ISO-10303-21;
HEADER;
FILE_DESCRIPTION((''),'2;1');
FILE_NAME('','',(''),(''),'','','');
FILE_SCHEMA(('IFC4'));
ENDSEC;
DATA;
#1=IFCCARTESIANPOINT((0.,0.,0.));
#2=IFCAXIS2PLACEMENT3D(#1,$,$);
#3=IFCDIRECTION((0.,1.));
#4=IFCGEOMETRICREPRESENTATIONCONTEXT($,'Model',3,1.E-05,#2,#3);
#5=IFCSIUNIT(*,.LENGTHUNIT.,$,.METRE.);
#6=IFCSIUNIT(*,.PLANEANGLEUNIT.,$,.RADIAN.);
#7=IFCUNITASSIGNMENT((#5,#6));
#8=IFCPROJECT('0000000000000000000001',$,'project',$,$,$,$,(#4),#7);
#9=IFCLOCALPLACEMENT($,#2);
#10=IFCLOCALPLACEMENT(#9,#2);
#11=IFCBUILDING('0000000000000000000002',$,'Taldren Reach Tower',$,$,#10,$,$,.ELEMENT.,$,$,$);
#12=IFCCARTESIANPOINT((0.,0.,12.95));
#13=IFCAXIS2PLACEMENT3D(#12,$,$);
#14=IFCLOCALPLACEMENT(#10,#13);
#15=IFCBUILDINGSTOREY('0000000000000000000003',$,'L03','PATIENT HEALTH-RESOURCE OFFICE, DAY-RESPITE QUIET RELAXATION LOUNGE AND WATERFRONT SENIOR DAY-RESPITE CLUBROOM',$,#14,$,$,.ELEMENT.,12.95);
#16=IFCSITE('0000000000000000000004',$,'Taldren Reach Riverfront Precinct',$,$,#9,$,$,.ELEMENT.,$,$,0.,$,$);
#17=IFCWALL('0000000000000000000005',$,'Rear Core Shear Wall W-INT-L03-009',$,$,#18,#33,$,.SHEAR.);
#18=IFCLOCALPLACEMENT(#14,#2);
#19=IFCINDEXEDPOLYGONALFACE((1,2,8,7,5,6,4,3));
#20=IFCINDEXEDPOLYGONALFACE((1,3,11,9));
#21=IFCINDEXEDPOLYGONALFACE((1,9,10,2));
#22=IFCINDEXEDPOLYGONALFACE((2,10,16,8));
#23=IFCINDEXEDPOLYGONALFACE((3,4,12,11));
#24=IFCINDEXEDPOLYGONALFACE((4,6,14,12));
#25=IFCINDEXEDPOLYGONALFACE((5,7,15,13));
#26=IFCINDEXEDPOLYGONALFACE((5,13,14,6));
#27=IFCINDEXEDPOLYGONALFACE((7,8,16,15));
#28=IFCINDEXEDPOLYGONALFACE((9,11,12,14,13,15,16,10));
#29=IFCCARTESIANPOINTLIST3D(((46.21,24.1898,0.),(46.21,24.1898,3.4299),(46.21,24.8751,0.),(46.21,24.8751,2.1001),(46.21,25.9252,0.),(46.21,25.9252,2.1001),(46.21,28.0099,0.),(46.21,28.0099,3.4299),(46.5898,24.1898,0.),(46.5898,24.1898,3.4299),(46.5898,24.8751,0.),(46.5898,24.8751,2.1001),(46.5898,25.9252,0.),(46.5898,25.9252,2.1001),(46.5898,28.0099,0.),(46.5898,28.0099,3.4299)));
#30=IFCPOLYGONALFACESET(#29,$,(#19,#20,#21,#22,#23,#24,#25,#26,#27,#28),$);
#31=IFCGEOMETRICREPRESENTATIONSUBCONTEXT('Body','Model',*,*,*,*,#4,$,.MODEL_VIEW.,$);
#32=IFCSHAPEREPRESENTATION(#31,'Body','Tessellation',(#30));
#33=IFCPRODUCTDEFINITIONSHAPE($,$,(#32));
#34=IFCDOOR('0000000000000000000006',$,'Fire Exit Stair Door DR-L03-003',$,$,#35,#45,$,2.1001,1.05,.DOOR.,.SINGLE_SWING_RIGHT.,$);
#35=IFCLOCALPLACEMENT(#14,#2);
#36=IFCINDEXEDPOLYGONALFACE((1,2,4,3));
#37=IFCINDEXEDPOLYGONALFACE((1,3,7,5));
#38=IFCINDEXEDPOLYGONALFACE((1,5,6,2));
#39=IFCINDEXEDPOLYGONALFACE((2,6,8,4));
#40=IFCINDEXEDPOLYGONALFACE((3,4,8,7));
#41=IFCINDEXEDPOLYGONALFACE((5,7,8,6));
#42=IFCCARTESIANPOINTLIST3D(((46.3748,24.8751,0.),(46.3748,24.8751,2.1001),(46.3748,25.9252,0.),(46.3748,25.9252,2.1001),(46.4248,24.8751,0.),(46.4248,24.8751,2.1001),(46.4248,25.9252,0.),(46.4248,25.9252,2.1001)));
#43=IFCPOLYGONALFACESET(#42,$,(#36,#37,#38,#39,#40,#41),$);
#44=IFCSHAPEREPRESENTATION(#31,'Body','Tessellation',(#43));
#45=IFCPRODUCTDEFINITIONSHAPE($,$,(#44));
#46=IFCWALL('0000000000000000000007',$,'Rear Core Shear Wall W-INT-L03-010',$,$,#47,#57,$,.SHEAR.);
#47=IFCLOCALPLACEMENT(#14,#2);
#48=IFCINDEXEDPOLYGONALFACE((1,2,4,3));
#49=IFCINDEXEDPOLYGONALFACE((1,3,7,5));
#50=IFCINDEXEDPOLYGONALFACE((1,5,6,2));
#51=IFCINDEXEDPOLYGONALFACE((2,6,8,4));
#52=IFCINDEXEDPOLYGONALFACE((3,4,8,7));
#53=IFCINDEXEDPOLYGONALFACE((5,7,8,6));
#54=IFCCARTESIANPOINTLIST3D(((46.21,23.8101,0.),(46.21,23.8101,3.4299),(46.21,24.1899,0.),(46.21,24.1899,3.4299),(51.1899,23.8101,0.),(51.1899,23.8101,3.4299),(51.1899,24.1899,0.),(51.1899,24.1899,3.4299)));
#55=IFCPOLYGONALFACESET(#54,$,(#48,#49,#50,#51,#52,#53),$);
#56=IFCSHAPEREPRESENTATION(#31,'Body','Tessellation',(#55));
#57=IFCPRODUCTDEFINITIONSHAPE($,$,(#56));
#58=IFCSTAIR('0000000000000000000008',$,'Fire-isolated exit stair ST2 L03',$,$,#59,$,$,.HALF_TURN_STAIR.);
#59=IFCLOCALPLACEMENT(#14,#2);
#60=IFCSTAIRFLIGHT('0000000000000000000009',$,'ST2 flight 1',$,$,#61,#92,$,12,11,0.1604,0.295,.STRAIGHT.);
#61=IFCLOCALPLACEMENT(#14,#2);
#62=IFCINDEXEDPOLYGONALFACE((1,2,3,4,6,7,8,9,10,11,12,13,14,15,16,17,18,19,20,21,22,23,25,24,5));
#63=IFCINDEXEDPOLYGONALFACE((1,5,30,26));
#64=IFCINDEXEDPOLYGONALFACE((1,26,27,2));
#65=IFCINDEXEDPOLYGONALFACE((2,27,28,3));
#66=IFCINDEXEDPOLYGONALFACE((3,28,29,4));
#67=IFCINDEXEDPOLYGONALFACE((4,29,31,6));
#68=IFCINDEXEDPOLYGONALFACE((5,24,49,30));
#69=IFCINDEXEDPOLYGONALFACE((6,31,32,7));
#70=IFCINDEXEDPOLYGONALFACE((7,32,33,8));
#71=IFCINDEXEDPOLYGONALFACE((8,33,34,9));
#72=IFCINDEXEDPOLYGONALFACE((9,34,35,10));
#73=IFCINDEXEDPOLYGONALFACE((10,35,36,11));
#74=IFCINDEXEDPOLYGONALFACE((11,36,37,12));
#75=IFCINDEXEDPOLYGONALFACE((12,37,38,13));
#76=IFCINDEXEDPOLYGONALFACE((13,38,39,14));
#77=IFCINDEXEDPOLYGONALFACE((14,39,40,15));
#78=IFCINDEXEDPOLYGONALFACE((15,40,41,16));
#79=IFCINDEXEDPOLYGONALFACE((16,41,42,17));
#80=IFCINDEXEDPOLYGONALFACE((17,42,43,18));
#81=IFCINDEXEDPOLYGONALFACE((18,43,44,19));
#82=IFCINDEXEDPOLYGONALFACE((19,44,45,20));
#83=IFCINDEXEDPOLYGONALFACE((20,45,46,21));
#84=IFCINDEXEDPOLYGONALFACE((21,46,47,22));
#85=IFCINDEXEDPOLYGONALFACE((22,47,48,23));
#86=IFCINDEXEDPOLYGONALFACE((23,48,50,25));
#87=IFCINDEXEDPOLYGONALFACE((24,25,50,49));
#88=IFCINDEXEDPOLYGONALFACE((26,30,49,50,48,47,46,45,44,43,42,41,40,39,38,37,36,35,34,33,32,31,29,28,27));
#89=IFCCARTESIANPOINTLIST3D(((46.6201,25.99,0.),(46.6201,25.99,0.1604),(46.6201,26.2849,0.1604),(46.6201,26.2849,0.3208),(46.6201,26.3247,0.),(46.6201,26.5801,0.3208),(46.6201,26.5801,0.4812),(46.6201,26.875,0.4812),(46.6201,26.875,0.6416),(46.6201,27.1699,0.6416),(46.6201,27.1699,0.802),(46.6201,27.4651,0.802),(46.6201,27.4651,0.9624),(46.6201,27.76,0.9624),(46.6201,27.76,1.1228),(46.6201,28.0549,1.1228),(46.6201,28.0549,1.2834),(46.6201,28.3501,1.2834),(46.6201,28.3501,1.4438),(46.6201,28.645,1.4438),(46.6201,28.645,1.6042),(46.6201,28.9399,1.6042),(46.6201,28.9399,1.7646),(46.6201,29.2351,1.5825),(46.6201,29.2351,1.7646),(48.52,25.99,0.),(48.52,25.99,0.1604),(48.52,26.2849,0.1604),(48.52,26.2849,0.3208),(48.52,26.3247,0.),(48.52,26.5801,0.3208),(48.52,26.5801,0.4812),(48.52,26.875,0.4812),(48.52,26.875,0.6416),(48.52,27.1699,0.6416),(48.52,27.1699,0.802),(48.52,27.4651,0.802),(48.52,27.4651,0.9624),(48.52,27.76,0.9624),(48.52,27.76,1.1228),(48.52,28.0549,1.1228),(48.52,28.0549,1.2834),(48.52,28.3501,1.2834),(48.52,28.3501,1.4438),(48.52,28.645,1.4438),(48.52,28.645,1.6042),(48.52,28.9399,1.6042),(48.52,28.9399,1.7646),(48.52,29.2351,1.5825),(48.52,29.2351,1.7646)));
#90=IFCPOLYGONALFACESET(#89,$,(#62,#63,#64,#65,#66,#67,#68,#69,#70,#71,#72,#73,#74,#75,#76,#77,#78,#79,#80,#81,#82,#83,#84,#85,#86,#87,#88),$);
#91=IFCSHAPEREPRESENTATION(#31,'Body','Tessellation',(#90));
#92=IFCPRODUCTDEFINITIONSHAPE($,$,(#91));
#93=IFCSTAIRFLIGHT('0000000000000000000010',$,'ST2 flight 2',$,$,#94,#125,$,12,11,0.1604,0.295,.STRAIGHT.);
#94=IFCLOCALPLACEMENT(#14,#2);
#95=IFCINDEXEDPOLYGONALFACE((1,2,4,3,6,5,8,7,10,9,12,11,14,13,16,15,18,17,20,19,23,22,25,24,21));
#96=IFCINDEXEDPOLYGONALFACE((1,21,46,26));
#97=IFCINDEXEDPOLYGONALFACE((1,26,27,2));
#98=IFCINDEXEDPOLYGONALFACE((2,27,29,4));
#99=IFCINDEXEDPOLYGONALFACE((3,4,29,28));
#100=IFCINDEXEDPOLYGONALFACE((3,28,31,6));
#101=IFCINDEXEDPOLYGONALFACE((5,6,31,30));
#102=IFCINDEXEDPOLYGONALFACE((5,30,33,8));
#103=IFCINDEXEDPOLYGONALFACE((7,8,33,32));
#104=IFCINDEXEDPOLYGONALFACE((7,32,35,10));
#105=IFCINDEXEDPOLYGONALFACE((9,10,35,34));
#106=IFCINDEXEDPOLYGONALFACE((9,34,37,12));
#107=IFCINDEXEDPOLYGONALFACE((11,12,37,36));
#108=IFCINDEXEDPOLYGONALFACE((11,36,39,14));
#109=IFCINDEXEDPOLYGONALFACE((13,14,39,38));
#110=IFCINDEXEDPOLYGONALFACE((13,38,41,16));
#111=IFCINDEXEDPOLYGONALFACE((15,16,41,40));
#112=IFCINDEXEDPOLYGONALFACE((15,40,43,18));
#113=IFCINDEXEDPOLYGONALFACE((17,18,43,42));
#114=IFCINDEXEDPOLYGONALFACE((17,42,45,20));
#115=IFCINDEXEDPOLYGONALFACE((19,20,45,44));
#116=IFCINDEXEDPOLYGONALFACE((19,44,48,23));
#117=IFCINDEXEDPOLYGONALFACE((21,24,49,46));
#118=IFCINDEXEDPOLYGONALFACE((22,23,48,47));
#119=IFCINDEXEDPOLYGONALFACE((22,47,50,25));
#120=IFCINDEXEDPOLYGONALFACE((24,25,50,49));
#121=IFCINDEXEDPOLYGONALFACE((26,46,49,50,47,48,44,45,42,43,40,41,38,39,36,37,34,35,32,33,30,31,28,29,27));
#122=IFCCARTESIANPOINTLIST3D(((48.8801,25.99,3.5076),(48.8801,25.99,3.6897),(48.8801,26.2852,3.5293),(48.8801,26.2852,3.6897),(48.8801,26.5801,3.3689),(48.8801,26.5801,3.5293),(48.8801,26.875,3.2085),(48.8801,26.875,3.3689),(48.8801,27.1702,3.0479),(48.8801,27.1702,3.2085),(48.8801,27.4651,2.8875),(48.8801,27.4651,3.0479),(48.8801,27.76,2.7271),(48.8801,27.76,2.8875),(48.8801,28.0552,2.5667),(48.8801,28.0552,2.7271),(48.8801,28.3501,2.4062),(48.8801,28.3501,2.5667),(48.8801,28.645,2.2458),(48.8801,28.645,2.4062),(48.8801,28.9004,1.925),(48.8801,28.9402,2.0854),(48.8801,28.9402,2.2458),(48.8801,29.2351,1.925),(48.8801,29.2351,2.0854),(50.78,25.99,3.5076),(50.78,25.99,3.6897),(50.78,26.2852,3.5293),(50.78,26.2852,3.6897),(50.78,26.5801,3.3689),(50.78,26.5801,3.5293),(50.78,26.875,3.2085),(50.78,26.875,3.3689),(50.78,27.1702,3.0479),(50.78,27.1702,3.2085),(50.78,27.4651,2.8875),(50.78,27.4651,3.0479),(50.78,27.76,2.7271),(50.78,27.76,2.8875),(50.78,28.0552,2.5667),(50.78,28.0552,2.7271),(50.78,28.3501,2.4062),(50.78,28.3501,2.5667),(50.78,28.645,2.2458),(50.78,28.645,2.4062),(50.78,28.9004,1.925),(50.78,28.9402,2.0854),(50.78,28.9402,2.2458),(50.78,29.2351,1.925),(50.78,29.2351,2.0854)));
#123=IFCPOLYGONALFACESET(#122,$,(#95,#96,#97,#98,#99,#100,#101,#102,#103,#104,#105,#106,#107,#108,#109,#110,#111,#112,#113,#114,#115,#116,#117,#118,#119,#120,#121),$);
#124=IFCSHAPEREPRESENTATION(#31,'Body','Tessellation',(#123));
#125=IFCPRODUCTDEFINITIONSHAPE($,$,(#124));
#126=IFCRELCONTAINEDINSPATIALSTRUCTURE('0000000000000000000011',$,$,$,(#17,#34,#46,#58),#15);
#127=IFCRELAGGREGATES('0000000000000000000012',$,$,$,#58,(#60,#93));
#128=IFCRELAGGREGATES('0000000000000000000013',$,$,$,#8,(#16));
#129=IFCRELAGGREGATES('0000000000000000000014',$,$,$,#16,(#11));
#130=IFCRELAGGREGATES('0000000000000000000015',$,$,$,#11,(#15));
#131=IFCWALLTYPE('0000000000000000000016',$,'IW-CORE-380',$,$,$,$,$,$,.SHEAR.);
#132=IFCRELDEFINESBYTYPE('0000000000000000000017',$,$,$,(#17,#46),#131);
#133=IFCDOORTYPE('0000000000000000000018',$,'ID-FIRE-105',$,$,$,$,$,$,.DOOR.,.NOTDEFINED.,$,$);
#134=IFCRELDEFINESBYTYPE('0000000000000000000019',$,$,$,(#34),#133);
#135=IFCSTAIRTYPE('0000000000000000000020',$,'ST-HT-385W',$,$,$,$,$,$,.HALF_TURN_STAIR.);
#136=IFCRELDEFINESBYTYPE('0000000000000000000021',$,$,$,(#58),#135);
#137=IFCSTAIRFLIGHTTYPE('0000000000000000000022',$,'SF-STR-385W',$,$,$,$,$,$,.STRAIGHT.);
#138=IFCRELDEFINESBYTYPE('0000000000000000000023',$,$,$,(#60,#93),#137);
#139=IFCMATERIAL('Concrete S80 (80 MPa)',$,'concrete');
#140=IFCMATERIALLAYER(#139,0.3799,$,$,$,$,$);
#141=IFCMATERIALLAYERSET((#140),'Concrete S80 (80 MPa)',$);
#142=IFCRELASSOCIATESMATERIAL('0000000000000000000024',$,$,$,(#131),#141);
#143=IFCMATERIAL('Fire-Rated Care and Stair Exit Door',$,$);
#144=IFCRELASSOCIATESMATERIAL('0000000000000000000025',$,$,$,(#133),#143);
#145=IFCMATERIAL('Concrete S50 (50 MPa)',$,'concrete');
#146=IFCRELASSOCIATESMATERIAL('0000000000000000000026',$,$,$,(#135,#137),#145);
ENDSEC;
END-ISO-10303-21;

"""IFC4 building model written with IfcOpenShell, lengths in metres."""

from ifc_helpers import new_model, si_unit, direction, frame, frame_2d, origin, place, context, subcontext, project, spatial, polyline, rectangle, outline, extrude, source, transform, mapped, material, layer, layer_set, type_object, element, fill, aggregate, save


model = new_model("IFC4")

# Units and contexts
model_context = context("Model", 3, precision=1e-05, world=origin(), true_north=direction((0.0, 1.0)))
body_context = subcontext(model_context, "Body", "Model", "MODEL_VIEW")
ifc_project = project(units=[si_unit("LENGTHUNIT", "METRE"), si_unit("PLANEANGLEUNIT", "RADIAN")], contexts=[model_context])

# Site, building, storey
site_placement = place(None, origin())
site = spatial("IfcSite", under=ifc_project, at=site_placement, Name="Taldren Reach Riverfront Precinct", CompositionType="ELEMENT", RefElevation=0.0)
building_placement = place(site_placement, origin())
building = spatial("IfcBuilding", under=site, at=building_placement, Name="Taldren Reach Tower", CompositionType="ELEMENT")
storey_placement = place(building_placement, frame((0.0, 0.0, 12.95)))
storey = spatial("IfcBuildingStorey", under=building, at=storey_placement, Name="L03", Description="PATIENT HEALTH-RESOURCE OFFICE, DAY-RESPITE QUIET RELAXATION LOUNGE AND WATERFRONT SENIOR DAY-RESPITE CLUBROOM", CompositionType="ELEMENT", Elevation=12.95)

# Shared definitions
ifc_material_1 = material(Name="Concrete S80 (80 MPa)", Category="concrete")
ifc_layer_1 = layer(ifc_material_1, 0.3799)
ifc_layer_set_1 = layer_set([ifc_layer_1], Name="Concrete S80 (80 MPa)")
wall_type = type_object("IfcWallType", Name="IW-CORE-380", PredefinedType="SHEAR", material=ifc_layer_set_1)

# Wall, opening, door
shared_shape_1 = source(origin(), body_context, "Body", "SweptSolid", [
    extrude(rectangle(XDim=3.8201, YDim=0.3799, at=frame_2d((1.9102, 0.0))), origin(), (0.0, 0.0, 1.0), 3.4299),
])
wall_1_placement = place(storey_placement, frame((46.3999, 28.01, 0.0), z_axis=(0.0, 0.0, 1.0), x_axis=(0.0, -1.0, 0.0)))
wall_1 = element("IfcWall", 1, at=wall_1_placement, inside=storey, type_object=wall_type, Name="Rear Core Shear Wall W-INT-L03-009", PredefinedType="SHEAR", context=body_context, shape_type="MappedRepresentation", body=[
    mapped(shared_shape_1, transform((0.0, 0.0, 0.0), scale=1.0)),
])
shared_shape_2 = source(origin(), body_context, "Body", "SweptSolid", [
    extrude(rectangle(XDim=1.05, YDim=2.1001, at=frame_2d((0.5249, 1.05))), frame((0.0, 0.2, 0.0), z_axis=(0.0, -1.0, 0.0), x_axis=(1.0, 0.0, 0.0)), (0.0, 0.0, 1.0), 0.3999),
])
opening_1_placement = place(wall_1_placement, frame((2.085, 0.0, 0.0)))
opening_1 = element("IfcOpeningElement", 2, at=opening_1_placement, cuts=wall_1, PredefinedType="OPENING", context=body_context, shape_type="MappedRepresentation", body=[
    mapped(shared_shape_2, transform((0.0, 0.0, 0.0), scale=1.0)),
])
ifc_material_2 = material(Name="Fire-Rated Care and Stair Exit Door")
door_type_1 = type_object("IfcDoorType", Name="ID-FIRE-105", OperationType="NOTDEFINED", PredefinedType="DOOR", material=ifc_material_2)
shared_shape_3 = source(origin(), body_context, "Body", "SweptSolid", [
    extrude(rectangle(XDim=1.05, YDim=2.1001, at=frame_2d((0.5249, 1.05))), frame((0.0, 0.0249, 0.0), z_axis=(0.0, -1.0, 0.0), x_axis=(1.0, 0.0, 0.0)), (0.0, 0.0, 1.0), 0.05),
])
door_1_placement = place(opening_1_placement, origin())
door_1 = element("IfcDoor", 3, at=door_1_placement, inside=storey, type_object=door_type_1, Name="Fire Exit Stair Door DR-L03-003", OperationType="SINGLE_SWING_RIGHT", OverallHeight=2.1001, OverallWidth=1.05, PredefinedType="DOOR", context=body_context, shape_type="MappedRepresentation", body=[
    mapped(shared_shape_3, transform((0.0, 0.0, 0.0), scale=1.0)),
])
fill(opening_1, door_1)

# Wall
shared_shape_4 = source(origin(), body_context, "Body", "SweptSolid", [
    extrude(rectangle(XDim=4.98, YDim=0.3799, at=frame_2d((2.49, 0.0))), origin(), (0.0, 0.0, 1.0), 3.4299),
])
wall_2_placement = place(storey_placement, frame((46.21, 24.0, 0.0), z_axis=(0.0, 0.0, 1.0), x_axis=(1.0, 0.0, 0.0)))
element("IfcWall", 4, at=wall_2_placement, inside=storey, type_object=wall_type, Name="Rear Core Shear Wall W-INT-L03-010", PredefinedType="SHEAR", context=body_context, shape_type="MappedRepresentation", body=[
    mapped(shared_shape_4, transform((0.0, 0.0, 0.0), scale=1.0)),
])

# Stair, stair flights
ifc_material_3 = material(Name="Concrete S50 (50 MPa)", Category="concrete")
stair_type = type_object("IfcStairType", Name="ST-HT-385W", PredefinedType="HALF_TURN_STAIR", material=ifc_material_3)
stair_placement = place(storey_placement, origin())
stair = element("IfcStair", 5, at=stair_placement, inside=storey, type_object=stair_type, Name="Fire-isolated exit stair ST2 L03", PredefinedType="HALF_TURN_STAIR")
stair_flight_type = type_object("IfcStairFlightType", Name="SF-STR-385W", PredefinedType="STRAIGHT", material=ifc_material_3)
stair_flight_1_placement = place(storey_placement, frame((47.5701, 25.99, 0.0), z_axis=(0.0, 0.0, 1.0), x_axis=(0.0, 1.0, 0.0)))
stair_flight_1 = element("IfcStairFlight", 6, at=stair_flight_1_placement, type_object=stair_flight_type, Name="ST2 flight 1", NumberOfRisers=12, NumberOfTreads=11, PredefinedType="STRAIGHT", RiserHeight=0.1604, TreadLength=0.295, context=body_context, shape_type="SweptSolid", body=[
    extrude(outline(polyline([(0.0, 0.0), (0.0, 0.1604), (0.2949, 0.1604), (0.2949, 0.3208), (0.5901, 0.3208), (0.5901, 0.4812), (0.885, 0.4812), (0.885, 0.6416), (1.1799, 0.6416), (1.1799, 0.802), (1.4751, 0.802), (1.4751, 0.9624), (1.77, 0.9624), (1.77, 1.1228), (2.0649, 1.1228), (2.0649, 1.2834), (2.3601, 1.2834), (2.3601, 1.4438), (2.655, 1.4438), (2.655, 1.6042), (2.95, 1.6042), (2.95, 1.7646), (3.2451, 1.7646), (3.2451, 1.925), (3.2451, 1.5825), (0.3347, 0.0), (0.0, 0.0)])), frame((0.0, 0.95, 0.0), z_axis=(0.0, -1.0, 0.0), x_axis=(1.0, 0.0, 0.0)), (0.0, 0.0, 1.0), 1.8999),
])
stair_flight_2_placement = place(storey_placement, frame((49.8301, 29.2351, 1.925), z_axis=(0.0, 0.0, 1.0), x_axis=(0.0, -1.0, 0.0)))
stair_flight_2 = element("IfcStairFlight", 7, at=stair_flight_2_placement, type_object=stair_flight_type, Name="ST2 flight 2", NumberOfRisers=12, NumberOfTreads=11, PredefinedType="STRAIGHT", RiserHeight=0.1604, TreadLength=0.295, context=body_context, shape_type="SweptSolid", body=[
    extrude(outline(polyline([(0.0, 0.0), (0.0, 0.1604), (0.2949, 0.1604), (0.2949, 0.3208), (0.5901, 0.3208), (0.5901, 0.4812), (0.885, 0.4812), (0.885, 0.6416), (1.1799, 0.6416), (1.1799, 0.802), (1.4751, 0.802), (1.4751, 0.9624), (1.77, 0.9624), (1.77, 1.1228), (2.0649, 1.1228), (2.0649, 1.2834), (2.3601, 1.2834), (2.3601, 1.4438), (2.655, 1.4438), (2.655, 1.6042), (2.95, 1.6042), (2.95, 1.7646), (3.2451, 1.7646), (3.2451, 1.925), (3.2451, 1.5825), (0.3347, 0.0), (0.0, 0.0)])), frame((0.0, 0.95, 0.0), z_axis=(0.0, -1.0, 0.0), x_axis=(1.0, 0.0, 0.0)), (0.0, 0.0, 1.0), 1.8999),
])
aggregate(stair, [stair_flight_1, stair_flight_2])

save(model, "model.ifc")
